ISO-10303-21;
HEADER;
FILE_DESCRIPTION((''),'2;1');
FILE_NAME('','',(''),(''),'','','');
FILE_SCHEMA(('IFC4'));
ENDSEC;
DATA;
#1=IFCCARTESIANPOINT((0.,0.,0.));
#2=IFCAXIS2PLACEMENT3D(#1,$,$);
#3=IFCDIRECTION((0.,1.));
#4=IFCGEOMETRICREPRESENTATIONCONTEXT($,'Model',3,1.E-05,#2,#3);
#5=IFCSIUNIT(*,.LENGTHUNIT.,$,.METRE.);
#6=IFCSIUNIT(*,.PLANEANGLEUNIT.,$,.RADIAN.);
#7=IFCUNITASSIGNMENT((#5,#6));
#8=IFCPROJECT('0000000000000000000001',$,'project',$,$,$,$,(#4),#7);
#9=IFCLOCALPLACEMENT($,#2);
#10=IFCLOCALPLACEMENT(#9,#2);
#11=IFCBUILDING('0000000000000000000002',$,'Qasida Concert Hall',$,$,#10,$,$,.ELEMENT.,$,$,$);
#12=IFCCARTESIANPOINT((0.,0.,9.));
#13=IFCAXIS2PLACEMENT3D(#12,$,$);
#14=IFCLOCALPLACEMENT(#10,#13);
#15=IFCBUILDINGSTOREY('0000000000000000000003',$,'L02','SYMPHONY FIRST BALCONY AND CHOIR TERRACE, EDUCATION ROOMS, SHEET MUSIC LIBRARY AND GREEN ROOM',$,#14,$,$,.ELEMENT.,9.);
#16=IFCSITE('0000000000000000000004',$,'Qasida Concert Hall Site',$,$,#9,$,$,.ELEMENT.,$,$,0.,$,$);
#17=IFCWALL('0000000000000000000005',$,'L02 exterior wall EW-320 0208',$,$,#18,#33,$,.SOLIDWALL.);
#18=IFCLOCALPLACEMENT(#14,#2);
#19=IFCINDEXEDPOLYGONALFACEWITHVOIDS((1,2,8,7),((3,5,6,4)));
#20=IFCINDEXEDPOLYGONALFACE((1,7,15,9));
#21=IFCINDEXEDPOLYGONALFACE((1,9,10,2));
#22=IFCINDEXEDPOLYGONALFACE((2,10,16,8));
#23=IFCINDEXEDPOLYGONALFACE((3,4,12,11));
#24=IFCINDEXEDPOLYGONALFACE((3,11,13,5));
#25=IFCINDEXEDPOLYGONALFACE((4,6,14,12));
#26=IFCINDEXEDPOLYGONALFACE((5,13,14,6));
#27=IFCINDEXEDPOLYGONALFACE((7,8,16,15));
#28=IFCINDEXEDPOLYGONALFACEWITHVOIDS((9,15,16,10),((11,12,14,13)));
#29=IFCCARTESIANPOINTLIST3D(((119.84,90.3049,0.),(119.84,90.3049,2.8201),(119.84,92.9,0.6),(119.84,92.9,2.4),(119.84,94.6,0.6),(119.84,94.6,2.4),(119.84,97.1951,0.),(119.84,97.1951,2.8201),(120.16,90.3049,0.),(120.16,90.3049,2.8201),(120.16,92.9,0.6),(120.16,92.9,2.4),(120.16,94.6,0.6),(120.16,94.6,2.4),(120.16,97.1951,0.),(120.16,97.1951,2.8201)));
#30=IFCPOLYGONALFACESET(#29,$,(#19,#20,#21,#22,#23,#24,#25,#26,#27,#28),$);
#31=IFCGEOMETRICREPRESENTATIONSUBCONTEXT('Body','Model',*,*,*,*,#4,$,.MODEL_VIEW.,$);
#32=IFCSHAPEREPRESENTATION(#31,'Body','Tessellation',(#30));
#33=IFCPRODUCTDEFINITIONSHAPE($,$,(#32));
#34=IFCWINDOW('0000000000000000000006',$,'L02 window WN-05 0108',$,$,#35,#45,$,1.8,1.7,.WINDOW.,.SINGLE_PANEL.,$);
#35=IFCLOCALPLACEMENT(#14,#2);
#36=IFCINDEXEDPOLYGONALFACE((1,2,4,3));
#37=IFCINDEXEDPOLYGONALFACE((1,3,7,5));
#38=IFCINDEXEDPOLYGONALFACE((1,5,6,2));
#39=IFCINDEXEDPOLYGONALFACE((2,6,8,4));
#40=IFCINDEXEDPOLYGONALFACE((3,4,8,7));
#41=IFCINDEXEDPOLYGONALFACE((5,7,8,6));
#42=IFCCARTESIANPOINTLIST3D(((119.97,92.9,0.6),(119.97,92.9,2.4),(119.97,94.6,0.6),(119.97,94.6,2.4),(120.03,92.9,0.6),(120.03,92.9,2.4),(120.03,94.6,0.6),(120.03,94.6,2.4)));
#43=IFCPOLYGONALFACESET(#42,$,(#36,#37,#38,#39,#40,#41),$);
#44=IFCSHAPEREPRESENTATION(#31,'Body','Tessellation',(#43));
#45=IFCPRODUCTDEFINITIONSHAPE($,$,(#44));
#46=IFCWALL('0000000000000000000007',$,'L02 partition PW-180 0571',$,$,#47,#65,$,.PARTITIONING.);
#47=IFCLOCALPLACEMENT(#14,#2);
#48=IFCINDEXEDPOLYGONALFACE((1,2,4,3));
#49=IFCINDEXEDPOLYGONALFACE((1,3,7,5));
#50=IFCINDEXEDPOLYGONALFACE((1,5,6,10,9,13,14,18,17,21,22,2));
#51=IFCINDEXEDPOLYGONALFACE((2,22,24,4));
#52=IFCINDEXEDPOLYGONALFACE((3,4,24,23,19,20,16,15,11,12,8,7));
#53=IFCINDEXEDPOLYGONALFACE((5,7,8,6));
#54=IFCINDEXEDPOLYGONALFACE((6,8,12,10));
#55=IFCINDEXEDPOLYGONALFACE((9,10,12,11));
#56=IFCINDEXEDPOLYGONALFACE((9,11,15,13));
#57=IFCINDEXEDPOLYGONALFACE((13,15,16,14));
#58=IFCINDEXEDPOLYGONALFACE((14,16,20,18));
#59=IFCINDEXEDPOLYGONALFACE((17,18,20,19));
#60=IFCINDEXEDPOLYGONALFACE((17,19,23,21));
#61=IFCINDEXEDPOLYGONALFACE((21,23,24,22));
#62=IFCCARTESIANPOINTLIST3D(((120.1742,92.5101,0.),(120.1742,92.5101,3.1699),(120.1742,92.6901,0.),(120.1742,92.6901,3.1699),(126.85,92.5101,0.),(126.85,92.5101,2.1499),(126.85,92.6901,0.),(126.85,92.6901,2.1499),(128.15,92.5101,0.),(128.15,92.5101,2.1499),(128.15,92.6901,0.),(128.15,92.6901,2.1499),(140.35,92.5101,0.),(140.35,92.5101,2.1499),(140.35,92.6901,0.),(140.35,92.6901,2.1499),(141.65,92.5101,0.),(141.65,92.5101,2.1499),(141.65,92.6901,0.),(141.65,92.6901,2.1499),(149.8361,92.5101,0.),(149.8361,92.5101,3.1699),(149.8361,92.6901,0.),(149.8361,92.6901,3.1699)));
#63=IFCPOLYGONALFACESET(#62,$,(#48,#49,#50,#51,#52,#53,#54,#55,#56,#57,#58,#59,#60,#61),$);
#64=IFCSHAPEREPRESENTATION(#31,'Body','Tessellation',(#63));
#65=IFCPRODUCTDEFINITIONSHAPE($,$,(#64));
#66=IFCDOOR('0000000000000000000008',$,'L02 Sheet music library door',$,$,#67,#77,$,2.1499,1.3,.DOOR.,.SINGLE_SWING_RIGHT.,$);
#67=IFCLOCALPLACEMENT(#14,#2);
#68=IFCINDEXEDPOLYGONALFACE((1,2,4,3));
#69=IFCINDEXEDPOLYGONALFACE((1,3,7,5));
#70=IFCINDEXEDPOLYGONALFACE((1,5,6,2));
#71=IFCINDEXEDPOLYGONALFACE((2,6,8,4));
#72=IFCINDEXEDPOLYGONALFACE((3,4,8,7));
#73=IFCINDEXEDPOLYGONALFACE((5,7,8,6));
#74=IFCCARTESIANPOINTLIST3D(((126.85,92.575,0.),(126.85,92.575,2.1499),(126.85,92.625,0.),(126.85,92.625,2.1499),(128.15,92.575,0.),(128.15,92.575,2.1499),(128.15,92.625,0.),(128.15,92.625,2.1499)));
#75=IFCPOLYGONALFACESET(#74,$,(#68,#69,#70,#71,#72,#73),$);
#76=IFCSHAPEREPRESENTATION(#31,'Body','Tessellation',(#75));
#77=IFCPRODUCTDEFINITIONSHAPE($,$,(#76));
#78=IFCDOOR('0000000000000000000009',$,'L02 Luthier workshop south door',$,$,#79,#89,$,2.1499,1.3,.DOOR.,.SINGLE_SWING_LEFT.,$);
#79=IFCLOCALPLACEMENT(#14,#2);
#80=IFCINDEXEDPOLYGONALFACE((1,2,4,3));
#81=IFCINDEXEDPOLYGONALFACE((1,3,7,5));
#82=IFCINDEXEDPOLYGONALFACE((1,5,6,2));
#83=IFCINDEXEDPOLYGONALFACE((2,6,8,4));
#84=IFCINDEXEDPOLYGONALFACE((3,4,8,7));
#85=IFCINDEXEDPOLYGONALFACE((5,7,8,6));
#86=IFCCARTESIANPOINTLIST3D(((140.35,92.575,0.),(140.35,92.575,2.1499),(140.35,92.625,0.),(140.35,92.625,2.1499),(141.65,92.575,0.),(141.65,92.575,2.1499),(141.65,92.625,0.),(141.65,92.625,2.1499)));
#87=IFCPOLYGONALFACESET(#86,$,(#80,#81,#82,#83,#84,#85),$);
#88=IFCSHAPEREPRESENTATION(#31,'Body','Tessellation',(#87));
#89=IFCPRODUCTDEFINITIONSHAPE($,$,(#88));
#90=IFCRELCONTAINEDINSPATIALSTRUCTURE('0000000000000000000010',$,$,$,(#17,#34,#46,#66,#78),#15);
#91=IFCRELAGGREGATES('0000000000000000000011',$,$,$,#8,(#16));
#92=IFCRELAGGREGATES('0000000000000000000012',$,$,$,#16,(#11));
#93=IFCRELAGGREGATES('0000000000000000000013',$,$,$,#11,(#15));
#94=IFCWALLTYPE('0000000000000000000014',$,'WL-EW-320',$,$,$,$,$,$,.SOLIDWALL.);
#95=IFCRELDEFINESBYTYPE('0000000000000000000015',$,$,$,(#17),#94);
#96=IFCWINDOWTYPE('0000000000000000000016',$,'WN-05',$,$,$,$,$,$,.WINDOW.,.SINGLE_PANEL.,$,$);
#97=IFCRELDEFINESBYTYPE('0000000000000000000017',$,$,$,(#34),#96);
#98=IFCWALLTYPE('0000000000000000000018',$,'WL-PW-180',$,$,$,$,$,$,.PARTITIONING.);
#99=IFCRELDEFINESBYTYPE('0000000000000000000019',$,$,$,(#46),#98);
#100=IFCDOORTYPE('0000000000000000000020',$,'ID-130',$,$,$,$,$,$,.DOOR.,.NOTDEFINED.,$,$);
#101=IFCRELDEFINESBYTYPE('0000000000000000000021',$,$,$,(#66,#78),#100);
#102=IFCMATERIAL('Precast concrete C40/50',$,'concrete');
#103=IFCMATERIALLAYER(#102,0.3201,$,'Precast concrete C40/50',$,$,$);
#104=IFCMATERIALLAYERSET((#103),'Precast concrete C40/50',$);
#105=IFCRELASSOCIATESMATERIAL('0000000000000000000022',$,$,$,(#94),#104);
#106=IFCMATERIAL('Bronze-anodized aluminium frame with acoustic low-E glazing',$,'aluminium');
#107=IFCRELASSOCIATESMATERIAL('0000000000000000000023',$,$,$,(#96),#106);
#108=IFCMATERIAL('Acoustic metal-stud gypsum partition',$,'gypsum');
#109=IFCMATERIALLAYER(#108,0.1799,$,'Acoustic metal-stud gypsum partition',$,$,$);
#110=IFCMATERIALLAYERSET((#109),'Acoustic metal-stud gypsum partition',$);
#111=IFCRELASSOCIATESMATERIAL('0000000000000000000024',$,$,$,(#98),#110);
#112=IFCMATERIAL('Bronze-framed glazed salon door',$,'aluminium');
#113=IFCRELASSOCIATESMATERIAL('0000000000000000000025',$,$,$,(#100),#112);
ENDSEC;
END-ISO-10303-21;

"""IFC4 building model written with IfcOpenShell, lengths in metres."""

from ifc_helpers import new_model, si_unit, direction, frame, frame_2d, origin, place, context, subcontext, project, spatial, rectangle, extrude, material, layer, layer_set, type_object, element, fill, save


model = new_model("IFC4")

# Units and contexts
model_context = context("Model", 3, precision=1e-05, world=origin(), true_north=direction((0.0, 1.0)))
body_context = subcontext(model_context, "Body", "Model", "MODEL_VIEW")
ifc_project = project(units=[si_unit("LENGTHUNIT", "METRE"), si_unit("PLANEANGLEUNIT", "RADIAN")], contexts=[model_context])

# Site, building, storey
site_placement = place(None, origin())
site = spatial("IfcSite", under=ifc_project, at=site_placement, Name="Qasida Concert Hall Site", CompositionType="ELEMENT", RefElevation=0.0)
building_placement = place(site_placement, origin())
building = spatial("IfcBuilding", under=site, at=building_placement, Name="Qasida Concert Hall", CompositionType="ELEMENT")
storey_placement = place(building_placement, frame((0.0, 0.0, 9.0)))
storey = spatial("IfcBuildingStorey", under=building, at=storey_placement, Name="L02", Description="SYMPHONY FIRST BALCONY AND CHOIR TERRACE, EDUCATION ROOMS, SHEET MUSIC LIBRARY AND GREEN ROOM", CompositionType="ELEMENT", Elevation=9.0)

# Wall, opening, window
ifc_material_1 = material(Name="Precast concrete C40/50", Category="concrete")
ifc_layer_1 = layer(ifc_material_1, 0.3201, Name="Precast concrete C40/50")
ifc_layer_set_1 = layer_set([ifc_layer_1], Name="Precast concrete C40/50")
wall_type_1 = type_object("IfcWallType", Name="WL-EW-320", PredefinedType="SOLIDWALL", material=ifc_layer_set_1)
wall_1_placement = place(storey_placement, frame((120.0, 90.3049, 0.0), z_axis=(0.0, 0.0, 1.0), x_axis=(0.0, 1.0, 0.0)))
wall_1 = element("IfcWall", 1, at=wall_1_placement, inside=storey, type_object=wall_type_1, Name="L02 exterior wall EW-320 0208", PredefinedType="SOLIDWALL", context=body_context, shape_type="SweptSolid", body=[
    extrude(rectangle(XDim=6.8901, YDim=0.3201, at=frame_2d((3.4451, 0.0))), origin(), (0.0, 0.0, 1.0), 2.8201),
])
opening_1_placement = place(wall_1_placement, frame((2.595, 0.0, 0.6001)))
opening_1 = element("IfcOpeningElement", 2, at=opening_1_placement, cuts=wall_1, PredefinedType="OPENING", context=body_context, shape_type="SweptSolid", body=[
    extrude(rectangle(XDim=1.7, YDim=1.8, at=frame_2d((0.8501, 0.8999))), frame((0.0, 0.1699, 0.0), z_axis=(0.0, -1.0, 0.0), x_axis=(1.0, 0.0, 0.0)), (0.0, 0.0, 1.0), 0.3401),
])
ifc_material_2 = material(Name="Bronze-anodized aluminium frame with acoustic low-E glazing", Category="aluminium")
window_type = type_object("IfcWindowType", Name="WN-05", PartitioningType="SINGLE_PANEL", PredefinedType="WINDOW", material=ifc_material_2)
window_placement = place(opening_1_placement, origin())
window = element("IfcWindow", 3, at=window_placement, inside=storey, type_object=window_type, Name="L02 window WN-05 0108", OverallHeight=1.8, OverallWidth=1.7, PartitioningType="SINGLE_PANEL", PredefinedType="WINDOW", context=body_context, shape_type="SweptSolid", body=[
    extrude(rectangle(XDim=1.7, YDim=1.8, at=frame_2d((0.8501, 0.8999))), frame((0.0, 0.03, 0.0), z_axis=(0.0, -1.0, 0.0), x_axis=(1.0, 0.0, 0.0)), (0.0, 0.0, 1.0), 0.0601),
])
fill(opening_1, window)

# Shared definitions
ifc_material_3 = material(Name="Acoustic metal-stud gypsum partition", Category="gypsum")
ifc_layer_2 = layer(ifc_material_3, 0.1799, Name="Acoustic metal-stud gypsum partition")
ifc_layer_set_2 = layer_set([ifc_layer_2], Name="Acoustic metal-stud gypsum partition")
wall_type_2 = type_object("IfcWallType", Name="WL-PW-180", PredefinedType="PARTITIONING", material=ifc_layer_set_2)
ifc_material_4 = material(Name="Bronze-framed glazed salon door", Category="aluminium")
door_type = type_object("IfcDoorType", Name="ID-130", OperationType="NOTDEFINED", PredefinedType="DOOR", material=ifc_material_4)

# Wall, openings, doors
wall_2_placement = place(storey_placement, frame((120.1741, 92.6001, 0.0), z_axis=(0.0, 0.0, 1.0), x_axis=(1.0, 0.0, 0.0)))
wall_2 = element("IfcWall", 4, at=wall_2_placement, inside=storey, type_object=wall_type_2, Name="L02 partition PW-180 0571", PredefinedType="PARTITIONING", context=body_context, shape_type="SweptSolid", body=[
    extrude(rectangle(XDim=29.6619, YDim=0.1799, at=frame_2d((14.8311, 0.0))), origin(), (0.0, 0.0, 1.0), 3.1699),
])
opening_2_placement = place(wall_2_placement, frame((6.676, 0.0, 0.0)))
opening_2 = element("IfcOpeningElement", 5, at=opening_2_placement, cuts=wall_2, PredefinedType="OPENING", context=body_context, shape_type="SweptSolid", body=[
    extrude(rectangle(XDim=1.3, YDim=2.1499, at=frame_2d((0.6499, 1.075))), frame((0.0, 0.0999, 0.0), z_axis=(0.0, -1.0, 0.0), x_axis=(1.0, 0.0, 0.0)), (0.0, 0.0, 1.0), 0.2),
])
opening_3_placement = place(wall_2_placement, frame((20.176, 0.0, 0.0)))
opening_3 = element("IfcOpeningElement", 6, at=opening_3_placement, cuts=wall_2, PredefinedType="OPENING", context=body_context, shape_type="SweptSolid", body=[
    extrude(rectangle(XDim=1.3, YDim=2.1499, at=frame_2d((0.6499, 1.075))), frame((0.0, 0.0999, 0.0), z_axis=(0.0, -1.0, 0.0), x_axis=(1.0, 0.0, 0.0)), (0.0, 0.0, 1.0), 0.2),
])
door_1_placement = place(opening_2_placement, origin())
door_1 = element("IfcDoor", 7, at=door_1_placement, inside=storey, type_object=door_type, Name="L02 Sheet music library door", OperationType="SINGLE_SWING_RIGHT", OverallHeight=2.1499, OverallWidth=1.3, PredefinedType="DOOR", context=body_context, shape_type="SweptSolid", body=[
    extrude(rectangle(XDim=1.3, YDim=2.1499, at=frame_2d((0.6499, 1.075))), frame((0.0, 0.0249, 0.0), z_axis=(0.0, -1.0, 0.0), x_axis=(1.0, 0.0, 0.0)), (0.0, 0.0, 1.0), 0.05),
])
fill(opening_2, door_1)
door_2_placement = place(opening_3_placement, origin())
door_2 = element("IfcDoor", 8, at=door_2_placement, inside=storey, type_object=door_type, Name="L02 Luthier workshop south door", OperationType="SINGLE_SWING_LEFT", OverallHeight=2.1499, OverallWidth=1.3, PredefinedType="DOOR", context=body_context, shape_type="SweptSolid", body=[
    extrude(rectangle(XDim=1.3, YDim=2.1499, at=frame_2d((0.6499, 1.075))), frame((0.0, 0.0249, 0.0), z_axis=(0.0, -1.0, 0.0), x_axis=(1.0, 0.0, 0.0)), (0.0, 0.0, 1.0), 0.05),
])
fill(opening_3, door_2)

save(model, "model.ifc")
